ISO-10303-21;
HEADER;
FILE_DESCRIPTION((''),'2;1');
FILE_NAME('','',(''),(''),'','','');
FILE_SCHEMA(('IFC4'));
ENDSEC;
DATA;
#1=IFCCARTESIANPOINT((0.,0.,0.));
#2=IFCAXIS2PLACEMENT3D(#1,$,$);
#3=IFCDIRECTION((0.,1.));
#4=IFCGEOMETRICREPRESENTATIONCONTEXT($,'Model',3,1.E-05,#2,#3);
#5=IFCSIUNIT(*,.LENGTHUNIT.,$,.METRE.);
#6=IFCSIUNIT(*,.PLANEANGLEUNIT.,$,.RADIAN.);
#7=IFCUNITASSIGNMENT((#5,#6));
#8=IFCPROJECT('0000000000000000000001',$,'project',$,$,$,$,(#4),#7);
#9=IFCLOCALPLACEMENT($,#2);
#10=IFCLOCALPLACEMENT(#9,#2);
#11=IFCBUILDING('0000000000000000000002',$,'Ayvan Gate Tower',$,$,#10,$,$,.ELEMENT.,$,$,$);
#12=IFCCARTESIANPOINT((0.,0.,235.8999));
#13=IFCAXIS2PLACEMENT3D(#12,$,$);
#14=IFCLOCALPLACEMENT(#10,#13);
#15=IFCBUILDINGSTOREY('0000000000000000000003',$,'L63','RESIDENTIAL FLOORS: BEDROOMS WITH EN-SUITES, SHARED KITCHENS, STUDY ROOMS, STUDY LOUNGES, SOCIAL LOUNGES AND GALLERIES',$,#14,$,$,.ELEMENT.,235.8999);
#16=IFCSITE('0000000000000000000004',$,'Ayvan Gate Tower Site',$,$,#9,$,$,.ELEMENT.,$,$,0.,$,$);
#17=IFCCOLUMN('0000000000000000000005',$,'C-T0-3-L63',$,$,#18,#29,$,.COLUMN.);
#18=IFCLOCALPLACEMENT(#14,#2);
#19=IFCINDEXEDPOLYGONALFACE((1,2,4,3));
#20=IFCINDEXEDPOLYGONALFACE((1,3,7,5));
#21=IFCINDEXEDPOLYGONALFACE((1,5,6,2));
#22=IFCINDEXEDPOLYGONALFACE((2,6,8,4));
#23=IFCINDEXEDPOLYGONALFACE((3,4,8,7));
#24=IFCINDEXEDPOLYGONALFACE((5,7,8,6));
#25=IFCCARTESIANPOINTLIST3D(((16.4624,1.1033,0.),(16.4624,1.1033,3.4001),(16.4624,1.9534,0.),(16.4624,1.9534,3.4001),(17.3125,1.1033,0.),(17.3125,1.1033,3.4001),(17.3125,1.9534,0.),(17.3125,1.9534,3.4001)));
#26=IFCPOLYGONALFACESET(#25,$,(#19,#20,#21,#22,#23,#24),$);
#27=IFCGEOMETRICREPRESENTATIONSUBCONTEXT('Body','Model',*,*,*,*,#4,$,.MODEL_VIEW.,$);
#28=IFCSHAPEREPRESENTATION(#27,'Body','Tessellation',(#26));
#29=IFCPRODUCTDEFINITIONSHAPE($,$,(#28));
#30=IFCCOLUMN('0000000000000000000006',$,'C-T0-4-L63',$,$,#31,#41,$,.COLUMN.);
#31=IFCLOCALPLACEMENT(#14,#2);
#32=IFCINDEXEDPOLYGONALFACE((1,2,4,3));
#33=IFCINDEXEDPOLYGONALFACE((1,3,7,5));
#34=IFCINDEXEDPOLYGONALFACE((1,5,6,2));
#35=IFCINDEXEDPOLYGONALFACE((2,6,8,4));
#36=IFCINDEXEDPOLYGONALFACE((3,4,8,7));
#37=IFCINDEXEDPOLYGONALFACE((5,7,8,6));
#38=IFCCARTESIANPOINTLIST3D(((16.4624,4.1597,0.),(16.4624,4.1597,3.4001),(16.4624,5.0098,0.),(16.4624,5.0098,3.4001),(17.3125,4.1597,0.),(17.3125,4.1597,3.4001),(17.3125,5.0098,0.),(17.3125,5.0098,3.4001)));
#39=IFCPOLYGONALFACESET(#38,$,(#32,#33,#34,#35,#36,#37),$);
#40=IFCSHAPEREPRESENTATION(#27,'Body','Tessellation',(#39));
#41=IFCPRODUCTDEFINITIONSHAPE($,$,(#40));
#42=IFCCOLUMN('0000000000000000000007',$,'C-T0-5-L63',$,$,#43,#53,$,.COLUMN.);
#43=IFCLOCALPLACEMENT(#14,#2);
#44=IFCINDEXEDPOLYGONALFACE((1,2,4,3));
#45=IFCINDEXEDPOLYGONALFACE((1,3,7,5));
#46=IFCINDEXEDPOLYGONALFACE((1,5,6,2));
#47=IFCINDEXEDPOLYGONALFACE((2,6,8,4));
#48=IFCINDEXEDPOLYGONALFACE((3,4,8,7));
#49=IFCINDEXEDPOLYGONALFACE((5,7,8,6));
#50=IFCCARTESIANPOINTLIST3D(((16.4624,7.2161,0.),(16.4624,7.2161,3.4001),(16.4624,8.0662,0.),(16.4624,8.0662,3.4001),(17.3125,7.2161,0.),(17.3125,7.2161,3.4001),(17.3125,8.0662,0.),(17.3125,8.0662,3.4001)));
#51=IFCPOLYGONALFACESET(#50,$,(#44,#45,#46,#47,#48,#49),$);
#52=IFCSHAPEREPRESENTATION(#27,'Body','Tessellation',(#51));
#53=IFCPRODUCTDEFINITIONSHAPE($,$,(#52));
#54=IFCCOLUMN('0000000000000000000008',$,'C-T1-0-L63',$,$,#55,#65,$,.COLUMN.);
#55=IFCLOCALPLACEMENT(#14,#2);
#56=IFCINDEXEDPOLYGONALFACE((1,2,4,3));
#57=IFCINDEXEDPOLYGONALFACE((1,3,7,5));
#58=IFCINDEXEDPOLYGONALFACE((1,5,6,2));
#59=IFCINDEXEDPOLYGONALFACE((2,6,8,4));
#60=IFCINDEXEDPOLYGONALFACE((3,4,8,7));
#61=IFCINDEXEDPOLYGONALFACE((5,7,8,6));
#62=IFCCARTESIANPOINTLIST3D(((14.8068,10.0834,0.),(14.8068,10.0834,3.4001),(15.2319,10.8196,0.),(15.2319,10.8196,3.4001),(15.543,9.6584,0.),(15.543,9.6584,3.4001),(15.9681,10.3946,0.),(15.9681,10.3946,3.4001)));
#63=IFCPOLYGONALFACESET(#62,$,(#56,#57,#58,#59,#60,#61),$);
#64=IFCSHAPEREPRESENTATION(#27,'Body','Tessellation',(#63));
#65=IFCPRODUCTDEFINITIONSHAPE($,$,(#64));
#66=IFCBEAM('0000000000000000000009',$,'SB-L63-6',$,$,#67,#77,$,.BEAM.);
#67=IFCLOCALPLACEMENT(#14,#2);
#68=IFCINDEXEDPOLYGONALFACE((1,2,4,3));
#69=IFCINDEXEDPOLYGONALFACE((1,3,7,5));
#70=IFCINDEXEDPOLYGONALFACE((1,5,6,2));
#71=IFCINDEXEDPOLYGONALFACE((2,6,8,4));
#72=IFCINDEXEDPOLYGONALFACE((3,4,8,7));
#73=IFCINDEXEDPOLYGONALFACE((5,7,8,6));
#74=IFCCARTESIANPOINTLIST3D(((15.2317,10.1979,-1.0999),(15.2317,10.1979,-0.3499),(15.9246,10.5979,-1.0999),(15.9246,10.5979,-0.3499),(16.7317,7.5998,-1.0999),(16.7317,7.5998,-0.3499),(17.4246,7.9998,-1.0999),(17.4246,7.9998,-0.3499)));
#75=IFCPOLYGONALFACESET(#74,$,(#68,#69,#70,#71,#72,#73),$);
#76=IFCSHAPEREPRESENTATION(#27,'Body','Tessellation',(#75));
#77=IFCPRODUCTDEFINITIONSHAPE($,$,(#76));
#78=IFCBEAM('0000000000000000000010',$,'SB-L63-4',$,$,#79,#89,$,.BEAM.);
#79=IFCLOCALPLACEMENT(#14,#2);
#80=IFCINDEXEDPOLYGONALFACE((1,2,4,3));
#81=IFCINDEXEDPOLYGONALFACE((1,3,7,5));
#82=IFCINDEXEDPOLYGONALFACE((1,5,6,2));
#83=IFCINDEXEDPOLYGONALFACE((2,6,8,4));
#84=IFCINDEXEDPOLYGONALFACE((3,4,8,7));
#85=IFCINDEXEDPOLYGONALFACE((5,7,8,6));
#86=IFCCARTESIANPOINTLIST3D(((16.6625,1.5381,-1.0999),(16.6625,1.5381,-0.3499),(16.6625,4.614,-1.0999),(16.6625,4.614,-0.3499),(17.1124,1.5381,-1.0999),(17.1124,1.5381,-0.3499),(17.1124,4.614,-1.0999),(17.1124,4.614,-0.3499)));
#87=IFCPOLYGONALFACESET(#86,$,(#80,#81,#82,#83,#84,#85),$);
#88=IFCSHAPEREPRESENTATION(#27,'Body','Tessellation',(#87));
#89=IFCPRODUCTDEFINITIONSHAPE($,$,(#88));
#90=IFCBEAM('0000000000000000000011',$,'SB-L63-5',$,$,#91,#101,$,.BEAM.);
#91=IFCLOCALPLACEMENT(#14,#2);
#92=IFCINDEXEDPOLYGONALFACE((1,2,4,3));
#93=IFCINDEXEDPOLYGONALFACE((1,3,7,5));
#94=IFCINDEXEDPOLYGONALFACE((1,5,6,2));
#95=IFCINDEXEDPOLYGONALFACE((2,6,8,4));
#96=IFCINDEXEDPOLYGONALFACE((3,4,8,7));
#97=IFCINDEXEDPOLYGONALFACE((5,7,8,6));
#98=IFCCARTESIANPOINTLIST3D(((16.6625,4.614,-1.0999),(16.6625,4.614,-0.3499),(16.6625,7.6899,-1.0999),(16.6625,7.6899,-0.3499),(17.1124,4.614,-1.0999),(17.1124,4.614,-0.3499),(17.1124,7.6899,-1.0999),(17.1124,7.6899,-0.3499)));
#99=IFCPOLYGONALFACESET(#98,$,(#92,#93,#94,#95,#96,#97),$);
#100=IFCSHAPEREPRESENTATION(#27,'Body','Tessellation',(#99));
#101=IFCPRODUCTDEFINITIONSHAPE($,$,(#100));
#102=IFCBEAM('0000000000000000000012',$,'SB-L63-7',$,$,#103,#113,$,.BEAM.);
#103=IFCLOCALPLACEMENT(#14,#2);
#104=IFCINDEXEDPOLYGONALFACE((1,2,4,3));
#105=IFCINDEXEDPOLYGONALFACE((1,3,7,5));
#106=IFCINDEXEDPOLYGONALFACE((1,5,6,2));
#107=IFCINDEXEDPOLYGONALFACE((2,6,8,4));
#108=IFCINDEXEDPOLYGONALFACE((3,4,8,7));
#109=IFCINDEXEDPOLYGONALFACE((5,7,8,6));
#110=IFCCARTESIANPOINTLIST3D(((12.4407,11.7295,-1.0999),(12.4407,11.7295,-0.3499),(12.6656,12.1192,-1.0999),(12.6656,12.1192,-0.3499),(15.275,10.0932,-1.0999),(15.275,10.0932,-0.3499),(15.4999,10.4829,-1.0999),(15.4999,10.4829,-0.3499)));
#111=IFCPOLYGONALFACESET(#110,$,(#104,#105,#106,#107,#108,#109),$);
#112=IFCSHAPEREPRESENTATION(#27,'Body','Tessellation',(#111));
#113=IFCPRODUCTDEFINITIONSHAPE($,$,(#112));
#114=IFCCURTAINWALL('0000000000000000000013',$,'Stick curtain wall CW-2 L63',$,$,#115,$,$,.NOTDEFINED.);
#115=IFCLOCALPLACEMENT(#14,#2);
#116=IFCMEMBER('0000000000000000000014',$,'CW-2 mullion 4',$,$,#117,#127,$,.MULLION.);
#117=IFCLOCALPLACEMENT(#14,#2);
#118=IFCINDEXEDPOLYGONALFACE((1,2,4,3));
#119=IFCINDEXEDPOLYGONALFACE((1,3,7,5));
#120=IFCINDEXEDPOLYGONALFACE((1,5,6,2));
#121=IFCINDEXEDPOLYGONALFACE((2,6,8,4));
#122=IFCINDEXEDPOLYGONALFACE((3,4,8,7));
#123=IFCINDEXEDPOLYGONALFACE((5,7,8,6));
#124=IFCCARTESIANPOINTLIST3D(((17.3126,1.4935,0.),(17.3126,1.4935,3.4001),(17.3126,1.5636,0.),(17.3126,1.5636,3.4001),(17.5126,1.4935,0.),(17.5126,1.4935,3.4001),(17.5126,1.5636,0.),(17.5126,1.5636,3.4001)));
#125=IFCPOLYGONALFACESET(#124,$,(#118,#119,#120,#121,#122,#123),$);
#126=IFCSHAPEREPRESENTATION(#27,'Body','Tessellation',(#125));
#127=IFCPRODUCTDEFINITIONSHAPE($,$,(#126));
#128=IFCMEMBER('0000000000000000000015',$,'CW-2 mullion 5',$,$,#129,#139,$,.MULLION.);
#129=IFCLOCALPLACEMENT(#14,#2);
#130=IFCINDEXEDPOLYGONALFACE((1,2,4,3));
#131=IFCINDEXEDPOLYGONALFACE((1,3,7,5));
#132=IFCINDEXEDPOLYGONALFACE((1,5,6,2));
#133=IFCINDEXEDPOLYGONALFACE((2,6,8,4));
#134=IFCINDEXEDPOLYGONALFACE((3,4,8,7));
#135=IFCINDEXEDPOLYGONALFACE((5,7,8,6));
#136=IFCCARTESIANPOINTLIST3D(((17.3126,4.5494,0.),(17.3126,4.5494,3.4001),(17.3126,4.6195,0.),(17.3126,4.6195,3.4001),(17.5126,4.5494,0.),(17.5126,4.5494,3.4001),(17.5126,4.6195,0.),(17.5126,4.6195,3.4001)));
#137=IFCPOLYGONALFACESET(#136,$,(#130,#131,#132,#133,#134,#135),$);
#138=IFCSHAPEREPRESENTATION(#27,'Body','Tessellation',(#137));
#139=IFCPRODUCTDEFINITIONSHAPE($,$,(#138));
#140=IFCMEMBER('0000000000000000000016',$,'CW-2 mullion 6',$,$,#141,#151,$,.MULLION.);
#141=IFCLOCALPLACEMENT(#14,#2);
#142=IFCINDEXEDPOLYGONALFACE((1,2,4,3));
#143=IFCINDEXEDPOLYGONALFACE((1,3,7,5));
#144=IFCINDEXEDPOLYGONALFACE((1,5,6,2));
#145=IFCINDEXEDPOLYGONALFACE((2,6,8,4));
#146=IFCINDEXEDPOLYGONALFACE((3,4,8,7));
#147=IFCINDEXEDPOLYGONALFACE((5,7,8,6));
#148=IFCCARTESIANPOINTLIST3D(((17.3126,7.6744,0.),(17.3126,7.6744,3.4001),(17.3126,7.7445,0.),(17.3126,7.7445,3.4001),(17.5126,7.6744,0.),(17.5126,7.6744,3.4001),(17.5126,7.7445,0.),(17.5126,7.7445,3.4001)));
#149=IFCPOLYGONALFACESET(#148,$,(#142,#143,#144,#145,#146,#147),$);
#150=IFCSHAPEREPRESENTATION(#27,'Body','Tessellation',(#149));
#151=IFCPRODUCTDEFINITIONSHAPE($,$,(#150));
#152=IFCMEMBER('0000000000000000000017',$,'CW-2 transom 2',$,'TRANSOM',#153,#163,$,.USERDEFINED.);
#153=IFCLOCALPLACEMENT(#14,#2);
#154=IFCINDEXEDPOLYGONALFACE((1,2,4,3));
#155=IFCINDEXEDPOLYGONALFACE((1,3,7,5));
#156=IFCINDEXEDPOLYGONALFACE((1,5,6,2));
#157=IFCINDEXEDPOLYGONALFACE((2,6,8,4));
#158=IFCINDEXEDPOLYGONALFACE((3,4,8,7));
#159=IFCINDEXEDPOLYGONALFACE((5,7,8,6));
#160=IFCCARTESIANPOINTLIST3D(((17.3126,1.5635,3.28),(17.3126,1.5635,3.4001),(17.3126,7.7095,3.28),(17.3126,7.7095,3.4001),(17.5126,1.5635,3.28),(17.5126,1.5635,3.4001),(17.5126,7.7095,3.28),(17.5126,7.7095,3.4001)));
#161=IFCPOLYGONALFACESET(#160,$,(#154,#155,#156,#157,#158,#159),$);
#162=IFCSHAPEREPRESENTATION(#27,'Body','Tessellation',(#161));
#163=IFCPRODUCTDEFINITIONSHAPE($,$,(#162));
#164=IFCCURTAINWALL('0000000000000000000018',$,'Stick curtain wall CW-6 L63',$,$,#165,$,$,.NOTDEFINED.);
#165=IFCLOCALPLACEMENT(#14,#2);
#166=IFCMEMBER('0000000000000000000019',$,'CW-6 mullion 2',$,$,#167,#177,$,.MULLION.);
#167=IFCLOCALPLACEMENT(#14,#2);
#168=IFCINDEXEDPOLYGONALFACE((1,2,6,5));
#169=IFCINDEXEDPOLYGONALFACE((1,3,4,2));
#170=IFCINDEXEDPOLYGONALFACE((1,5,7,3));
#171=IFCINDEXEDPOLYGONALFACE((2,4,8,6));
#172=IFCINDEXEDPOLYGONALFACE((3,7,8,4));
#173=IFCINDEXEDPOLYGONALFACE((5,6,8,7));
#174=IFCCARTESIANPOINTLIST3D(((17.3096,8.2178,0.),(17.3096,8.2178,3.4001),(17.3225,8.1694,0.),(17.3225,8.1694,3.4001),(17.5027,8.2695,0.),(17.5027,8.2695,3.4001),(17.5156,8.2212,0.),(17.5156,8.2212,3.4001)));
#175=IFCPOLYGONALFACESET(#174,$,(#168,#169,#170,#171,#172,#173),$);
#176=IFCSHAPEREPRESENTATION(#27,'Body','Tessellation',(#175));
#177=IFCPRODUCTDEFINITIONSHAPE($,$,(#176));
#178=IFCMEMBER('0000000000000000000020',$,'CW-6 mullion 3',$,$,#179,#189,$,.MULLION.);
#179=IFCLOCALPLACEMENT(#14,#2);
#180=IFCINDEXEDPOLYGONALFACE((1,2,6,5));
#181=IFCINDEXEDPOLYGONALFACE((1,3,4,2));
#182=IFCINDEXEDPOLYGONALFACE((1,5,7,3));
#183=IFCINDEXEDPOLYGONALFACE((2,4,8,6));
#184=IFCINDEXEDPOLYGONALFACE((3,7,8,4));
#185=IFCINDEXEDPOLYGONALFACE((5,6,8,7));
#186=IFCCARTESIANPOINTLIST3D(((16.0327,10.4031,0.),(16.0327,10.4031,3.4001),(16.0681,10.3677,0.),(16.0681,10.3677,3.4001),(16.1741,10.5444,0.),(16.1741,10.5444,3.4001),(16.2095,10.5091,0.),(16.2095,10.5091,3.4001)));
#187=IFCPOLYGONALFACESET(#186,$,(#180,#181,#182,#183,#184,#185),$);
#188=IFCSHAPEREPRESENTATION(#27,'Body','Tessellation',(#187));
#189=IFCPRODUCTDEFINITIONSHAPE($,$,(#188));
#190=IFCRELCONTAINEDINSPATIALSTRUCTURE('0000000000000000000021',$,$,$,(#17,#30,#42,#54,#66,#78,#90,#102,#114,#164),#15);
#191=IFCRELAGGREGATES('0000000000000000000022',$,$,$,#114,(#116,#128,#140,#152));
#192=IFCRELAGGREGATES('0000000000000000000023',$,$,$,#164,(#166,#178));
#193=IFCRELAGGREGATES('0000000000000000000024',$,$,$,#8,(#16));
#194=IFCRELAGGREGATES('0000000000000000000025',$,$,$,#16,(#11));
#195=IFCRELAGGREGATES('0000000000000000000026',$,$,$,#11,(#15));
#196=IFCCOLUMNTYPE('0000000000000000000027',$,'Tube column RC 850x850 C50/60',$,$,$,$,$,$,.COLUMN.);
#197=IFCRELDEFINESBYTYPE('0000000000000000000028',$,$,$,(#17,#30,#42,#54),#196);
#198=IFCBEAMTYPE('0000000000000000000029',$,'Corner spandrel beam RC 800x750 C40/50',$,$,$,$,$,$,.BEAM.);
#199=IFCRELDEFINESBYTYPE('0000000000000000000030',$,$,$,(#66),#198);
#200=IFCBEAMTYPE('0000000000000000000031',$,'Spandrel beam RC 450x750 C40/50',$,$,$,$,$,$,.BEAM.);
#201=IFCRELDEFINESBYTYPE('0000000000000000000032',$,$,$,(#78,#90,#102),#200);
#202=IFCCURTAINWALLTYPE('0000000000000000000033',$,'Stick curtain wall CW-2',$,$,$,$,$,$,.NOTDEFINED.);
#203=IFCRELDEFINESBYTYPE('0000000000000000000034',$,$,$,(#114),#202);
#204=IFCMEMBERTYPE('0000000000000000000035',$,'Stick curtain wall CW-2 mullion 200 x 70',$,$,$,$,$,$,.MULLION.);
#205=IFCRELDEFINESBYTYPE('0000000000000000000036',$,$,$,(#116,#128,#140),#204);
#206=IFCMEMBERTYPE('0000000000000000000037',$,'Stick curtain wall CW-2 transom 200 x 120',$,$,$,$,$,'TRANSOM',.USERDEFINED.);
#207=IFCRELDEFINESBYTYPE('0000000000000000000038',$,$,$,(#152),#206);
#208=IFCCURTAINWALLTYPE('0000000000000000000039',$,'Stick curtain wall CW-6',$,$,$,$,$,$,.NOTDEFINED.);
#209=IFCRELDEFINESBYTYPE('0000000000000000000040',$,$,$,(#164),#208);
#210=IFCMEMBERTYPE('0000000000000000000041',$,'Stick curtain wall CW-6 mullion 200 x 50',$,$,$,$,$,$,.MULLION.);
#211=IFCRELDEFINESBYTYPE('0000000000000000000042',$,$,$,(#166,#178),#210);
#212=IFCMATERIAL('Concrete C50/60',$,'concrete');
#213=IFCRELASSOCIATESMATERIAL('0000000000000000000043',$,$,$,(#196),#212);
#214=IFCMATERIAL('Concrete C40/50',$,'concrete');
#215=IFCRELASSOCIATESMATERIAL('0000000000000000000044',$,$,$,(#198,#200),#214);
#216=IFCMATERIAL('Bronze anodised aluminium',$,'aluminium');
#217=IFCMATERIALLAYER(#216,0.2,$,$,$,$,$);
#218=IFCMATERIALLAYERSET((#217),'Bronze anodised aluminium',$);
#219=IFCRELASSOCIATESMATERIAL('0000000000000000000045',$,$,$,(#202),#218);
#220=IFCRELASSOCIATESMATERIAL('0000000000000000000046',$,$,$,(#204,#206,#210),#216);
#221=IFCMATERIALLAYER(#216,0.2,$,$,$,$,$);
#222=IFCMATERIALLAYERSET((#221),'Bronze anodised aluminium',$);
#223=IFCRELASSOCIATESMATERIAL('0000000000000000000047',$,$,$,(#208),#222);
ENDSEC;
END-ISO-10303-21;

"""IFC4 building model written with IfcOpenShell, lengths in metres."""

from ifc_helpers import new_model, si_unit, direction, frame, origin, origin_2d, place, context, subcontext, project, spatial, rectangle, extrude, material, layer, layer_set, material_profile, profile_set, type_object, element, aggregate, save


model = new_model("IFC4")

# Units and contexts
model_context = context("Model", 3, precision=1e-05, world=origin(), true_north=direction((0.0, 1.0)))
body_context = subcontext(model_context, "Body", "Model", "MODEL_VIEW")
ifc_project = project(units=[si_unit("LENGTHUNIT", "METRE"), si_unit("PLANEANGLEUNIT", "RADIAN")], contexts=[model_context])

# Site, building, storey
site_placement = place(None, origin())
site = spatial("IfcSite", under=ifc_project, at=site_placement, Name="Ayvan Gate Tower Site", CompositionType="ELEMENT", RefElevation=0.0)
building_placement = place(site_placement, origin())
building = spatial("IfcBuilding", under=site, at=building_placement, Name="Ayvan Gate Tower", CompositionType="ELEMENT")
storey_placement = place(building_placement, frame((0.0, 0.0, 235.8999)))
storey = spatial("IfcBuildingStorey", under=building, at=storey_placement, Name="L63", Description="RESIDENTIAL FLOORS: BEDROOMS WITH EN-SUITES, SHARED KITCHENS, STUDY ROOMS, STUDY LOUNGES, SOCIAL LOUNGES AND GALLERIES", CompositionType="ELEMENT", Elevation=235.8999)

# Columns
ifc_material_1 = material(Name="Concrete C50/60", Category="concrete")
ifc_material_profile_1 = material_profile(ifc_material_1, rectangle(XDim=0.8501, YDim=0.8501, at=origin_2d()), Name="RC 850x850")
ifc_profile_set_1 = profile_set([ifc_material_profile_1], Name="Concrete C50/60")
column_type = type_object("IfcColumnType", Name="Tube column RC 850x850 C50/60", PredefinedType="COLUMN", material=ifc_profile_set_1)
for number, where, z_axis, x_axis, name in (
    (1, (16.8875, 1.5283, 0.0), (0.0, 0.0, 1.0), (1.0, 0.0, 0.0), "C-T0-3-L63"),
    (2, (16.8875, 4.5847, 0.0), (0.0, 0.0, 1.0), (1.0, 0.0, 0.0), "C-T0-4-L63"),
    (3, (16.8875, 7.6411, 0.0), (0.0, 0.0, 1.0), (1.0, 0.0, 0.0), "C-T0-5-L63"),
    (4, (15.3875, 10.239, 0.0), (0.0, 0.0, 1.0), (0.5, 0.866025, 0.0), "C-T1-0-L63"),
):
    element("IfcColumn", number, at=place(storey_placement, frame(where, z_axis=z_axis, x_axis=x_axis)), inside=storey, type_object=column_type, Name=name, PredefinedType="COLUMN", context=body_context, shape_type="SweptSolid", body=[
        extrude(rectangle(XDim=0.8501, YDim=0.8501, at=origin_2d()), origin(), (0.0, 0.0, 1.0), 3.4001),
    ])

# Beams
ifc_material_2 = material(Name="Concrete C40/50", Category="concrete")
ifc_material_profile_2 = material_profile(ifc_material_2, rectangle(XDim=0.8, YDim=0.75, at=origin_2d()), Name="RC 800x750")
ifc_profile_set_2 = profile_set([ifc_material_profile_2], Name="Concrete C40/50")
beam_type_1 = type_object("IfcBeamType", Name="Corner spandrel beam RC 800x750 C40/50", PredefinedType="BEAM", material=ifc_profile_set_2)
beam_1_placement = place(storey_placement, frame((17.0781, 7.7998, -0.7249), z_axis=(-0.49999, 0.866031, 0.0), x_axis=(-0.866031, -0.49999, 0.0)))
element("IfcBeam", 5, at=beam_1_placement, inside=storey, type_object=beam_type_1, Name="SB-L63-6", PredefinedType="BEAM", context=body_context, shape_type="SweptSolid", body=[
    extrude(rectangle(XDim=0.8, YDim=0.75, at=origin_2d()), origin(), (0.0, 0.0, 1.0), 3.0),
])
ifc_material_profile_3 = material_profile(ifc_material_2, rectangle(XDim=0.45, YDim=0.75, at=origin_2d()), Name="RC 450x750")
ifc_profile_set_3 = profile_set([ifc_material_profile_3], Name="Concrete C40/50")
beam_type_2 = type_object("IfcBeamType", Name="Spandrel beam RC 450x750 C40/50", PredefinedType="BEAM", material=ifc_profile_set_3)
for number, where, z_axis, x_axis, name in (
    (6, (16.8875, 1.5381, -0.7249), (0.0, 1.0, 0.0), (-1.0, 0.0, 0.0), "SB-L63-4"),
    (7, (16.8875, 4.614, -0.7249), (0.0, 1.0, 0.0), (-1.0, 0.0, 0.0), "SB-L63-5"),
):
    element("IfcBeam", number, at=place(storey_placement, frame(where, z_axis=z_axis, x_axis=x_axis)), inside=storey, type_object=beam_type_2, Name=name, PredefinedType="BEAM", context=body_context, shape_type="SweptSolid", body=[
        extrude(rectangle(XDim=0.45, YDim=0.75, at=origin_2d()), origin(), (0.0, 0.0, 1.0), 3.0759),
    ])
beam_2_placement = place(storey_placement, frame((15.3875, 10.2881, -0.7249), z_axis=(-0.86604, 0.499974, 0.0), x_axis=(-0.499974, -0.86604, 0.0)))
element("IfcBeam", 8, at=beam_2_placement, inside=storey, type_object=beam_type_2, Name="SB-L63-7", PredefinedType="BEAM", context=body_context, shape_type="SweptSolid", body=[
    extrude(rectangle(XDim=0.45, YDim=0.75, at=origin_2d()), origin(), (0.0, 0.0, 1.0), 3.2727),
])

# Curtain walls, members
ifc_material_3 = material(Name="Bronze anodised aluminium", Category="aluminium")
ifc_layer_1 = layer(ifc_material_3, 0.2)
ifc_layer_set_1 = layer_set([ifc_layer_1], Name="Bronze anodised aluminium")
curtain_wall_type_1 = type_object("IfcCurtainWallType", Name="Stick curtain wall CW-2", PredefinedType="NOTDEFINED", material=ifc_layer_set_1)
curtain_wall_1_placement = place(storey_placement, origin())
curtain_wall_1 = element("IfcCurtainWall", 9, at=curtain_wall_1_placement, inside=storey, type_object=curtain_wall_type_1, Name="Stick curtain wall CW-2 L63", PredefinedType="NOTDEFINED")
ifc_material_profile_4 = material_profile(ifc_material_3, rectangle(XDim=0.2, YDim=0.0701, at=origin_2d()), Name="Stick curtain wall CW-2 mullion 200 x 70")
ifc_profile_set_4 = profile_set([ifc_material_profile_4], Name="Bronze anodised aluminium")
member_type_1 = type_object("IfcMemberType", Name="Stick curtain wall CW-2 mullion 200 x 70", PredefinedType="MULLION", material=ifc_profile_set_4)
member_1_placement = place(storey_placement, frame((17.4126, 1.5286, 0.0), z_axis=(0.0, 0.0, 1.0), x_axis=(1.0, 0.0, 0.0)))
member_1 = element("IfcMember", 10, at=member_1_placement, type_object=member_type_1, Name="CW-2 mullion 4", PredefinedType="MULLION", context=body_context, shape_type="SweptSolid", body=[
    extrude(rectangle(XDim=0.2, YDim=0.0701, at=origin_2d()), origin(), (0.0, 0.0, 1.0), 3.4001),
])
member_2_placement = place(storey_placement, frame((17.4126, 4.5845, 0.0), z_axis=(0.0, 0.0, 1.0), x_axis=(1.0, 0.0, 0.0)))
member_2 = element("IfcMember", 11, at=member_2_placement, type_object=member_type_1, Name="CW-2 mullion 5", PredefinedType="MULLION", context=body_context, shape_type="SweptSolid", body=[
    extrude(rectangle(XDim=0.2, YDim=0.0701, at=origin_2d()), origin(), (0.0, 0.0, 1.0), 3.4001),
])
member_3_placement = place(storey_placement, frame((17.4126, 7.7095, 0.0), z_axis=(0.0, 0.0, 1.0), x_axis=(1.0, 0.0, 0.0)))
member_3 = element("IfcMember", 12, at=member_3_placement, type_object=member_type_1, Name="CW-2 mullion 6", PredefinedType="MULLION", context=body_context, shape_type="SweptSolid", body=[
    extrude(rectangle(XDim=0.2, YDim=0.0701, at=origin_2d()), origin(), (0.0, 0.0, 1.0), 3.4001),
])
ifc_material_profile_5 = material_profile(ifc_material_3, rectangle(XDim=0.2, YDim=0.1201, at=origin_2d()), Name="Stick curtain wall CW-2 transom 200 x 120")
ifc_profile_set_5 = profile_set([ifc_material_profile_5], Name="Bronze anodised aluminium")
member_type_2 = type_object("IfcMemberType", Name="Stick curtain wall CW-2 transom 200 x 120", ElementType="TRANSOM", PredefinedType="USERDEFINED", material=ifc_profile_set_5)
member_4_placement = place(storey_placement, frame((17.4126, 1.5635, 3.3401), z_axis=(0.0, 1.0, 0.0), x_axis=(-1.0, 0.0, 0.0)))
member_4 = element("IfcMember", 13, at=member_4_placement, type_object=member_type_2, Name="CW-2 transom 2", ObjectType="TRANSOM", PredefinedType="USERDEFINED", context=body_context, shape_type="SweptSolid", body=[
    extrude(rectangle(XDim=0.2, YDim=0.1201, at=origin_2d()), origin(), (0.0, 0.0, 1.0), 6.146),
])
ifc_layer_2 = layer(ifc_material_3, 0.2)
ifc_layer_set_2 = layer_set([ifc_layer_2], Name="Bronze anodised aluminium")
curtain_wall_type_2 = type_object("IfcCurtainWallType", Name="Stick curtain wall CW-6", PredefinedType="NOTDEFINED", material=ifc_layer_set_2)
curtain_wall_2_placement = place(storey_placement, origin())
curtain_wall_2 = element("IfcCurtainWall", 14, at=curtain_wall_2_placement, inside=storey, type_object=curtain_wall_type_2, Name="Stick curtain wall CW-6 L63", PredefinedType="NOTDEFINED")
ifc_material_profile_6 = material_profile(ifc_material_3, rectangle(XDim=0.2, YDim=0.05, at=origin_2d()), Name="Stick curtain wall CW-6 mullion 200 x 50")
ifc_profile_set_6 = profile_set([ifc_material_profile_6], Name="Bronze anodised aluminium")
member_type_3 = type_object("IfcMemberType", Name="Stick curtain wall CW-6 mullion 200 x 50", PredefinedType="MULLION", material=ifc_profile_set_6)
member_5_placement = place(storey_placement, frame((17.4126, 8.2195, 0.0), z_axis=(0.0, 0.0, 1.0), x_axis=(0.965926, 0.258819, 0.0)))
member_5 = element("IfcMember", 15, at=member_5_placement, type_object=member_type_3, Name="CW-6 mullion 2", PredefinedType="MULLION", context=body_context, shape_type="SweptSolid", body=[
    extrude(rectangle(XDim=0.2, YDim=0.05, at=origin_2d()), origin(), (0.0, 0.0, 1.0), 3.4001),
])
member_6_placement = place(storey_placement, frame((16.1211, 10.4561, 0.0), z_axis=(0.0, 0.0, 1.0), x_axis=(0.707107, 0.707107, 0.0)))
member_6 = element("IfcMember", 16, at=member_6_placement, type_object=member_type_3, Name="CW-6 mullion 3", PredefinedType="MULLION", context=body_context, shape_type="SweptSolid", body=[
    extrude(rectangle(XDim=0.2, YDim=0.05, at=origin_2d()), origin(), (0.0, 0.0, 1.0), 3.4001),
])

aggregate(curtain_wall_1, [member_1, member_2, member_3, member_4])
aggregate(curtain_wall_2, [member_5, member_6])

save(model, "model.ifc")
